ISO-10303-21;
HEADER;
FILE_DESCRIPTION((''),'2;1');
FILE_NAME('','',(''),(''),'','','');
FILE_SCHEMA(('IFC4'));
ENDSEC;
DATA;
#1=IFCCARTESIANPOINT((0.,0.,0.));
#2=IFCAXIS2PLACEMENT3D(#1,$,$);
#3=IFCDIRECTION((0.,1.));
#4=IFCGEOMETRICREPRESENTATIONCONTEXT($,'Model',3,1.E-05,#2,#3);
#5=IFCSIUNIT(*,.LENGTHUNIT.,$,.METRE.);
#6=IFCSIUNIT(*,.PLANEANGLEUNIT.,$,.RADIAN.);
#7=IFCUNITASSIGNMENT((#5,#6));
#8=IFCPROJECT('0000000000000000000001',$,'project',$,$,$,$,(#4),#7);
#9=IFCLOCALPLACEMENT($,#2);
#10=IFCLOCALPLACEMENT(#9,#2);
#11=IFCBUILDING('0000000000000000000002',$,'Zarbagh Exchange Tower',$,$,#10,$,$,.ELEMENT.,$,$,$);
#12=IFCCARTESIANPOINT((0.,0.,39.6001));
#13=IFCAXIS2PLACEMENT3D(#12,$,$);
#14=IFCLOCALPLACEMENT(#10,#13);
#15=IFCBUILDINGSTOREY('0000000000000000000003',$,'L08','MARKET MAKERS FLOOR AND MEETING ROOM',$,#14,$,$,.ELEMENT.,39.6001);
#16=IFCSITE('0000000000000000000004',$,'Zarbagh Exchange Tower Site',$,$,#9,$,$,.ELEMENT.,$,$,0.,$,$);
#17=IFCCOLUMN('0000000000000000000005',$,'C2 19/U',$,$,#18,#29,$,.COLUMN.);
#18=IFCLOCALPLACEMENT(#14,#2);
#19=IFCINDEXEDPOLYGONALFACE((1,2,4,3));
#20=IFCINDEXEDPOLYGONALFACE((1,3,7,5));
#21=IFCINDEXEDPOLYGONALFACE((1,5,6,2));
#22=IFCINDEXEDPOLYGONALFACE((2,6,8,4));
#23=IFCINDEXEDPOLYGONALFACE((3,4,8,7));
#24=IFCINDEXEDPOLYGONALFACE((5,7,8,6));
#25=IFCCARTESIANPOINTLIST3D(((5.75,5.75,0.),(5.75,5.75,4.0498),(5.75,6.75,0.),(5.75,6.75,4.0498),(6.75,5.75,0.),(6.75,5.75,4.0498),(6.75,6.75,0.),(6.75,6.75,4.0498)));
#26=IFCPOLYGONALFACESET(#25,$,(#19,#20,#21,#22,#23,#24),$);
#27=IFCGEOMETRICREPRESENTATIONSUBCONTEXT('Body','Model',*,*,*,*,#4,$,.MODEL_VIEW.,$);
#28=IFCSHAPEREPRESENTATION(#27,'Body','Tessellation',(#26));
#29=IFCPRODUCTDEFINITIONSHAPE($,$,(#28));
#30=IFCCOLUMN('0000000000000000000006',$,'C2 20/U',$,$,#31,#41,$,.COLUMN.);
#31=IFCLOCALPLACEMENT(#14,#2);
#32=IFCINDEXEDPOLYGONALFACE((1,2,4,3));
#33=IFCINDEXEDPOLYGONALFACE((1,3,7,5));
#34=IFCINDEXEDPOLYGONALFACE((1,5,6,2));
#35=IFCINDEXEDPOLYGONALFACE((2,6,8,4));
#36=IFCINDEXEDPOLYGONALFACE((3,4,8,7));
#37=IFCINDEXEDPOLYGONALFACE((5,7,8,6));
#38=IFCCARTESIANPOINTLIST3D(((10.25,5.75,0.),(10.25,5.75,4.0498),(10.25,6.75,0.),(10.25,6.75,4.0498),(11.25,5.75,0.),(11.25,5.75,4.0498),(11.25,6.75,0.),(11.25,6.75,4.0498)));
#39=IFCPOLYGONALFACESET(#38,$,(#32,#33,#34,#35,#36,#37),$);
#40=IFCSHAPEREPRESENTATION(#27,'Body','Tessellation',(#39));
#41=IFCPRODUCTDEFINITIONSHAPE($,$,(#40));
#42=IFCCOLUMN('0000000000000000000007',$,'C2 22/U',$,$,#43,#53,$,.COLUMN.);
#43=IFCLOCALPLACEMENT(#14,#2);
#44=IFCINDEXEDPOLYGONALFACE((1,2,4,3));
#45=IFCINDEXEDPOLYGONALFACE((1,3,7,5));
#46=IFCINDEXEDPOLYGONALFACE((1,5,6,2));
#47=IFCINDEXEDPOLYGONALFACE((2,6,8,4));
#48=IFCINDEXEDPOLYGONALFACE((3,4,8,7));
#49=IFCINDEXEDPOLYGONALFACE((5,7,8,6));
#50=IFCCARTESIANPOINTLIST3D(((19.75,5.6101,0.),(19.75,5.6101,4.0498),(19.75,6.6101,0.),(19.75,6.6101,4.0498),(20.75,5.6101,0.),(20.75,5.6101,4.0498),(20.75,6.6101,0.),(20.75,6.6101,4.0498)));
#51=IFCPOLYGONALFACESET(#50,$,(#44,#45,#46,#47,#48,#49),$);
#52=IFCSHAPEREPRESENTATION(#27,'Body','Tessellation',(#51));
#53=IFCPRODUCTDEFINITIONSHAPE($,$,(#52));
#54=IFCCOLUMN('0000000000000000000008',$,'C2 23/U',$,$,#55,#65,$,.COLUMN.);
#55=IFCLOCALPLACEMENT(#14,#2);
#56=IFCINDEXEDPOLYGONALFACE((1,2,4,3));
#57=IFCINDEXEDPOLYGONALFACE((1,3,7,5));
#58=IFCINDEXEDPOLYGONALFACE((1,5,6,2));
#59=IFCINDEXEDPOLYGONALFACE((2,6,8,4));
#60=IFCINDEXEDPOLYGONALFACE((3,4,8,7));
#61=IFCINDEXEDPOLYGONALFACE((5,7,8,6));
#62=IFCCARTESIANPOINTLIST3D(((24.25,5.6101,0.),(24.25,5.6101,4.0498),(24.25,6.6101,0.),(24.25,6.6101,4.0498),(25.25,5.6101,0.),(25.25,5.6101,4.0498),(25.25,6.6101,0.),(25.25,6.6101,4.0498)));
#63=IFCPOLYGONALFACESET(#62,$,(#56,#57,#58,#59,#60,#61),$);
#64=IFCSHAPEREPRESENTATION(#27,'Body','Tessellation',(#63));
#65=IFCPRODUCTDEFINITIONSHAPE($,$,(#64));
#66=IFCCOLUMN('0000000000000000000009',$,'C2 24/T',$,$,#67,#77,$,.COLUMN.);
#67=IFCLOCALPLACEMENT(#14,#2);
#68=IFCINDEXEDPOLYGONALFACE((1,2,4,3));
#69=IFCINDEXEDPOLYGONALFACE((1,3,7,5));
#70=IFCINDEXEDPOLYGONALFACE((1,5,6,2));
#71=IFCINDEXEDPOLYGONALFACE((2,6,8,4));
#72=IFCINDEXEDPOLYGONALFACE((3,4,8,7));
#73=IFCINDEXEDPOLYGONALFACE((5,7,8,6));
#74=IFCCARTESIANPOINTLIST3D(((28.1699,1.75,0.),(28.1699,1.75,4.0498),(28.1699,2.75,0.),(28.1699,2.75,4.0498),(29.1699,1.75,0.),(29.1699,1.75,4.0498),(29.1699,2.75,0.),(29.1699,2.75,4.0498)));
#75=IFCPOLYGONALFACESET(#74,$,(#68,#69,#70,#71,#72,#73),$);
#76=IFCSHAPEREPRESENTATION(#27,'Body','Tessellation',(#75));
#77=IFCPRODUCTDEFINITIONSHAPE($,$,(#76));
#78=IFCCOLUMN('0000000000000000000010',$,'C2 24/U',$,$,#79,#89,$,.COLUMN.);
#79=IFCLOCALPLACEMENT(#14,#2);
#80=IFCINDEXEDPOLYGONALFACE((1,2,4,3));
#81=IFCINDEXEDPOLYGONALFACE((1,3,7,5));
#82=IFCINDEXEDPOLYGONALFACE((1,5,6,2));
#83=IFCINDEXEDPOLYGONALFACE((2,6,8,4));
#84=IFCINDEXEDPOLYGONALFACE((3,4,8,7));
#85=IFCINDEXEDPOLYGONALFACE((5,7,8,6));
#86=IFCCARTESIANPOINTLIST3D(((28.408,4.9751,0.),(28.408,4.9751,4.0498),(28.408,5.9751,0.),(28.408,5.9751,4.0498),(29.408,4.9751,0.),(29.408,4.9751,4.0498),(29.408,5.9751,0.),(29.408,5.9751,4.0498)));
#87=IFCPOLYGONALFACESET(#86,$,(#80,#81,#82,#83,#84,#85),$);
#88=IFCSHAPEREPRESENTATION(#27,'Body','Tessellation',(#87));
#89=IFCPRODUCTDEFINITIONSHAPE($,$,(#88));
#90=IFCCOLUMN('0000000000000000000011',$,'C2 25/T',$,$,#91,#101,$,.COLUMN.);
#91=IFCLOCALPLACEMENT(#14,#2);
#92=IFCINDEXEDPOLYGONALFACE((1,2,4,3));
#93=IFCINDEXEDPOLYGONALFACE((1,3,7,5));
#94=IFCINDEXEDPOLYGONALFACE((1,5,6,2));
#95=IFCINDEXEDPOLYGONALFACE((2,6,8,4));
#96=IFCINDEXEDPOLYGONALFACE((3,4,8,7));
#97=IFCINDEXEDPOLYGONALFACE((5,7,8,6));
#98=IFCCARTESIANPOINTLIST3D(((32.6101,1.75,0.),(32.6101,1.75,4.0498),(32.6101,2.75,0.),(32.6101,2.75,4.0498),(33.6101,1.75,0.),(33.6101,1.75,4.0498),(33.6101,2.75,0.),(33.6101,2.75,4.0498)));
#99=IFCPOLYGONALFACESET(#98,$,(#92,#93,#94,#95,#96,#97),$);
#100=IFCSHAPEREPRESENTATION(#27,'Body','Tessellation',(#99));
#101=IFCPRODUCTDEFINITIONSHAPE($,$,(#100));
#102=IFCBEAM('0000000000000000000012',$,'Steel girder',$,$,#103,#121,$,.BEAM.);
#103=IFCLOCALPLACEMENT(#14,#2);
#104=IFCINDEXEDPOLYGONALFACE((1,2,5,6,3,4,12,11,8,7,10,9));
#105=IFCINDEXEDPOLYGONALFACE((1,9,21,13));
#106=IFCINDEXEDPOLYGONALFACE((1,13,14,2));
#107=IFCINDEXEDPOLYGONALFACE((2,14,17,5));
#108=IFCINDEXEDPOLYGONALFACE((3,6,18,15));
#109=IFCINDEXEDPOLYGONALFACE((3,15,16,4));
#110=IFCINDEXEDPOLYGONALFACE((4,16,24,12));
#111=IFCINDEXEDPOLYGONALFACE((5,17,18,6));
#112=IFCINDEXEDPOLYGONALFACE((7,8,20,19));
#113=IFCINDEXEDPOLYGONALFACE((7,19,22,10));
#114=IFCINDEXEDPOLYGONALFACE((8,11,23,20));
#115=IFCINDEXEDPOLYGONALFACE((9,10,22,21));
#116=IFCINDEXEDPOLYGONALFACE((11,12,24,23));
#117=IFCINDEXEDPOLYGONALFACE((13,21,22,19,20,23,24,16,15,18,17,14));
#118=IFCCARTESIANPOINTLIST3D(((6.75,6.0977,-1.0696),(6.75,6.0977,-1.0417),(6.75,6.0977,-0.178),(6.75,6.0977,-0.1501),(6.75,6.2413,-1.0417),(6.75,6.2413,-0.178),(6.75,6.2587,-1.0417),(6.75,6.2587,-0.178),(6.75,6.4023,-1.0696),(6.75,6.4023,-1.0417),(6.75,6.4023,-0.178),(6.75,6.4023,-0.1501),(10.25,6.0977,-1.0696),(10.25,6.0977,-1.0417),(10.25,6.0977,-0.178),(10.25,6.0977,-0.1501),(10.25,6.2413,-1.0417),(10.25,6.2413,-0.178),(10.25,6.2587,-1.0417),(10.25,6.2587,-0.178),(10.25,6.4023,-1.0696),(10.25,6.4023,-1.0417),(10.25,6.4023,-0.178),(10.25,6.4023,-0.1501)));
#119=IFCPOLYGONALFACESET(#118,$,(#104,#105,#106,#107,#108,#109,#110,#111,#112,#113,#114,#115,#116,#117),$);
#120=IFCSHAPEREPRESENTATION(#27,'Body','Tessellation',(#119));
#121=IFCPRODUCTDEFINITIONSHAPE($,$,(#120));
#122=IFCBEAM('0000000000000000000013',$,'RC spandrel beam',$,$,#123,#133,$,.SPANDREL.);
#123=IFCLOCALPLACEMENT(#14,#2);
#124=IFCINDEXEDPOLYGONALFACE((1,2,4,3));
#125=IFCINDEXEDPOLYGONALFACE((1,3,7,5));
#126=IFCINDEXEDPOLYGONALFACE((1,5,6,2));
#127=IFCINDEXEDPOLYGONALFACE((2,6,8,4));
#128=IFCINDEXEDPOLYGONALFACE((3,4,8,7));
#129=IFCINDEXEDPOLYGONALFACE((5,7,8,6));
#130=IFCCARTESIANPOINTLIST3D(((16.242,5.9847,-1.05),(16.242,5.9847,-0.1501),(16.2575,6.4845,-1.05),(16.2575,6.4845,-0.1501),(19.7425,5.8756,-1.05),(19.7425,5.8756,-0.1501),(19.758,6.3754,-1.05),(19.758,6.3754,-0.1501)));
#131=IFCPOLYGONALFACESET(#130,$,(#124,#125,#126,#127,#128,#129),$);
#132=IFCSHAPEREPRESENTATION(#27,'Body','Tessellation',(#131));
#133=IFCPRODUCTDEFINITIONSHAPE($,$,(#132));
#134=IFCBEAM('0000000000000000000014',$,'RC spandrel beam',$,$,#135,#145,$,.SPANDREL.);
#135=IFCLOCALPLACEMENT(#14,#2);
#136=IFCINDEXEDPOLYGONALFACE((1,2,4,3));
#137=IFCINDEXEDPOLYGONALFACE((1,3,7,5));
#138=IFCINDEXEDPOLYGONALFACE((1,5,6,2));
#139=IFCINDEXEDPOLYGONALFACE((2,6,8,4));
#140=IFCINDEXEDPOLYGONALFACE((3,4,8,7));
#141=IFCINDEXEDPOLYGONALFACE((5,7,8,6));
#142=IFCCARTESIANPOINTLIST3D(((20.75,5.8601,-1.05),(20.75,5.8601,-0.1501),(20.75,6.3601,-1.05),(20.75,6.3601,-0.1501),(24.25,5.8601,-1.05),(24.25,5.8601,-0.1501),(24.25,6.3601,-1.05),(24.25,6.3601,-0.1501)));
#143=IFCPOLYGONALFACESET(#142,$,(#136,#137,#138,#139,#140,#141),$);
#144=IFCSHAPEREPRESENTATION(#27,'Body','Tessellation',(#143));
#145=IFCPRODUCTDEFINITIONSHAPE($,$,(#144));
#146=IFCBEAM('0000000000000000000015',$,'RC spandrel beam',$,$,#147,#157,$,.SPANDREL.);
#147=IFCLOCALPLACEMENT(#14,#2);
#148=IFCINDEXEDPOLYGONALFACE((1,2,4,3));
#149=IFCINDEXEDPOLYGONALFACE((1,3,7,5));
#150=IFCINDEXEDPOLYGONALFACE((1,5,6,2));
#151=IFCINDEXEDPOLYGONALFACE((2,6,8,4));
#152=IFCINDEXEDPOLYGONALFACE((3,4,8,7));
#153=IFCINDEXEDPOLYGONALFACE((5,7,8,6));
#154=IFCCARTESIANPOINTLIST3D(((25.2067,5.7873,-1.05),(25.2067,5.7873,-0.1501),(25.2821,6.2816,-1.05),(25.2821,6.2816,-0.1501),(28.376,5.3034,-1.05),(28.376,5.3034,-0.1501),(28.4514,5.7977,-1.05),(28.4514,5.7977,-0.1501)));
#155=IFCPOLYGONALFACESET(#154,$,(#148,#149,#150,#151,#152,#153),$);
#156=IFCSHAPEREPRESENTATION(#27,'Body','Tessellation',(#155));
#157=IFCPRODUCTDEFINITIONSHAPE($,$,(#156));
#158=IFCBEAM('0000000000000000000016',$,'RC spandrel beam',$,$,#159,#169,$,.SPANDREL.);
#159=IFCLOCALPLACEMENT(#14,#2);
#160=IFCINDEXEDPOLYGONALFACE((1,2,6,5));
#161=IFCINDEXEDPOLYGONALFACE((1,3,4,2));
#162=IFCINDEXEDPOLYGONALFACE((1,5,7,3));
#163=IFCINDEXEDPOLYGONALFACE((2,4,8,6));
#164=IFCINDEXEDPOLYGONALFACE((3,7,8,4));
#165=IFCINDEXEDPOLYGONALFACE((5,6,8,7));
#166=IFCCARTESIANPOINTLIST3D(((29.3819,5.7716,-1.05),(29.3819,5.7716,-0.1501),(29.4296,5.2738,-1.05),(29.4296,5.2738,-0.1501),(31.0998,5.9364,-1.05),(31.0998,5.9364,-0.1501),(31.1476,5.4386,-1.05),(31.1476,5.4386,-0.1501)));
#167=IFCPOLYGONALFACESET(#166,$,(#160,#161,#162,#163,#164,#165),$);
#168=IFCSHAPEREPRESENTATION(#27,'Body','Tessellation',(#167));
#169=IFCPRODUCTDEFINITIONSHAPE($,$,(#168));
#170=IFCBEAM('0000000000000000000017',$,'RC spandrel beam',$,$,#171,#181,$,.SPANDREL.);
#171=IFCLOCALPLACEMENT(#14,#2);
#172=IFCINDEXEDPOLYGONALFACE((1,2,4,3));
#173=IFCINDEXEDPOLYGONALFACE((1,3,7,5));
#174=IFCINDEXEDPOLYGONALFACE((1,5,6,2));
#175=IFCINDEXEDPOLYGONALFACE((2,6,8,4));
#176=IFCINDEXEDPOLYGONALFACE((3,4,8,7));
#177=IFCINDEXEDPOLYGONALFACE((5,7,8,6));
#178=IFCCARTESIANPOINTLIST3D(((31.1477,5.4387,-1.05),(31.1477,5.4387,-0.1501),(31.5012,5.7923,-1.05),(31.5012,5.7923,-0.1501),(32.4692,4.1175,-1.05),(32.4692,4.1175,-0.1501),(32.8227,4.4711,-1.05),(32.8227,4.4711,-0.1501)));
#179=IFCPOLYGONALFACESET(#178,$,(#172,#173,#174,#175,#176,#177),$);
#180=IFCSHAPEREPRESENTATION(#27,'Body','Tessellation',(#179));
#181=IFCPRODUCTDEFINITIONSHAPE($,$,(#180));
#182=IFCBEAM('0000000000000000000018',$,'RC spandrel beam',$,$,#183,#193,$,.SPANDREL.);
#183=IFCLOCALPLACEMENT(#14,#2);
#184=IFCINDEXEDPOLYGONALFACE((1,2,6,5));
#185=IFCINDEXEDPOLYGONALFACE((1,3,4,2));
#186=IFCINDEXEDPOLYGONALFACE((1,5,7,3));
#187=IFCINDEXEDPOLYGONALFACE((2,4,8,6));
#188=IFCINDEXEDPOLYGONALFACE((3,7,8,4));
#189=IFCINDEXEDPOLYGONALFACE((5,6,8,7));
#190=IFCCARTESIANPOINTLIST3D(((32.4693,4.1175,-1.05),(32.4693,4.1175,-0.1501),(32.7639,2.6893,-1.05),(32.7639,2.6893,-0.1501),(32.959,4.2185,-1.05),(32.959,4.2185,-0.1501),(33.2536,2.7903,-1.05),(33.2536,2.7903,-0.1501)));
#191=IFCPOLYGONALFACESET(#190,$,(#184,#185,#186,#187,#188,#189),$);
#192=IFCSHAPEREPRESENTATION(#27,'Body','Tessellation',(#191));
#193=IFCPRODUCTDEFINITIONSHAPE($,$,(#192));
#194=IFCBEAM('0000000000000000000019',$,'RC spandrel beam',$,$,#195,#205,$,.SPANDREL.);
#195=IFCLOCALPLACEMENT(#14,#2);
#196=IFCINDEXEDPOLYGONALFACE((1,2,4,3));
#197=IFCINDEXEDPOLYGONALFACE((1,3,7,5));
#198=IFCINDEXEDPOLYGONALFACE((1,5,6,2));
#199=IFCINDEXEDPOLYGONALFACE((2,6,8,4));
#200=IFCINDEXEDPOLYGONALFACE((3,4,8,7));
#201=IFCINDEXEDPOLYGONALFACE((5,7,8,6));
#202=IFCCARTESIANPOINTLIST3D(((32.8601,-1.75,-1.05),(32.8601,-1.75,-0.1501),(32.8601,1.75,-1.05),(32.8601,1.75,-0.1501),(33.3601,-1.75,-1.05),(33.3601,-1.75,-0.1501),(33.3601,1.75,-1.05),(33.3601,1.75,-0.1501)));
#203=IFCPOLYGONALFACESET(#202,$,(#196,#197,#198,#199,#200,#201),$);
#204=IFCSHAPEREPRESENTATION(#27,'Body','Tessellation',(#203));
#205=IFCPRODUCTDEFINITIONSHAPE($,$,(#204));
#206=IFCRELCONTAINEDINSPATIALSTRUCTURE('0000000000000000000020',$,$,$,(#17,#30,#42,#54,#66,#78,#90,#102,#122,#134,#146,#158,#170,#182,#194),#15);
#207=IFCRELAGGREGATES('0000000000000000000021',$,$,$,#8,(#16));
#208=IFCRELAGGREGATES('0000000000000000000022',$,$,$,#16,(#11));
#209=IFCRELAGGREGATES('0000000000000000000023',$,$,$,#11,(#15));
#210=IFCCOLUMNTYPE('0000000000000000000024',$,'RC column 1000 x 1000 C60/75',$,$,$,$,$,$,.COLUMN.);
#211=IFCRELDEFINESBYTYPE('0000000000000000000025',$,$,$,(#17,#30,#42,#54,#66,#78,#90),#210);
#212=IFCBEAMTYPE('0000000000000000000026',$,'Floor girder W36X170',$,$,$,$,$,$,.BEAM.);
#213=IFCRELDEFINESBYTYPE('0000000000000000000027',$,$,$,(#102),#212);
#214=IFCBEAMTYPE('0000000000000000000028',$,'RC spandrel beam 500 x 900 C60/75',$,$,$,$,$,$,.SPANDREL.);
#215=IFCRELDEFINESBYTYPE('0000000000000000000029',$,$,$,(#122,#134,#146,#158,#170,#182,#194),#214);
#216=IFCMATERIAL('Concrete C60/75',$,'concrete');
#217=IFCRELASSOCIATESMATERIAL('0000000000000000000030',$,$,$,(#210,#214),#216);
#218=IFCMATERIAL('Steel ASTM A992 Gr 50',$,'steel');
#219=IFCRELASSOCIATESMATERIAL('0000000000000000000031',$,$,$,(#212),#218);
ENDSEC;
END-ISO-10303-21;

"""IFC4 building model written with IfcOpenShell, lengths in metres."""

from ifc_helpers import new_model, si_unit, direction, frame, origin, origin_2d, place, context, subcontext, project, spatial, rectangle, i_section, extrude, material, material_profile, profile_set, type_object, element, save


model = new_model("IFC4")

# Units and contexts
model_context = context("Model", 3, precision=1e-05, world=origin(), true_north=direction((0.0, 1.0)))
body_context = subcontext(model_context, "Body", "Model", "MODEL_VIEW")
ifc_project = project(units=[si_unit("LENGTHUNIT", "METRE"), si_unit("PLANEANGLEUNIT", "RADIAN")], contexts=[model_context])

# Site, building, storey
site_placement = place(None, origin())
site = spatial("IfcSite", under=ifc_project, at=site_placement, Name="Zarbagh Exchange Tower Site", CompositionType="ELEMENT", RefElevation=0.0)
building_placement = place(site_placement, origin())
building = spatial("IfcBuilding", under=site, at=building_placement, Name="Zarbagh Exchange Tower", CompositionType="ELEMENT")
storey_placement = place(building_placement, frame((0.0, 0.0, 39.6001)))
storey = spatial("IfcBuildingStorey", under=building, at=storey_placement, Name="L08", Description="MARKET MAKERS FLOOR AND MEETING ROOM", CompositionType="ELEMENT", Elevation=39.6001)

# Columns
ifc_material_1 = material(Name="Concrete C60/75", Category="concrete")
ifc_material_profile_1 = material_profile(ifc_material_1, rectangle(XDim=1.0, YDim=1.0, at=origin_2d()), Name="RC column 1000 x 1000 C60/75")
ifc_profile_set_1 = profile_set([ifc_material_profile_1], Name="Concrete C60/75")
column_type = type_object("IfcColumnType", Name="RC column 1000 x 1000 C60/75", PredefinedType="COLUMN", material=ifc_profile_set_1)
for number, where, z_axis, x_axis, name in (
    (1, (6.25, 6.25, 0.0), (0.0, 0.0, 1.0), (1.0, 0.0, 0.0), "C2 19/U"),
    (2, (10.75, 6.25, 0.0), (0.0, 0.0, 1.0), (1.0, 0.0, 0.0), "C2 20/U"),
    (3, (20.25, 6.1101, 0.0), (0.0, 0.0, 1.0), (1.0, 0.0, 0.0), "C2 22/U"),
    (4, (24.75, 6.1101, 0.0), (0.0, 0.0, 1.0), (1.0, 0.0, 0.0), "C2 23/U"),
    (5, (28.6699, 2.25, 0.0), (0.0, 0.0, 1.0), (1.0, 0.0, 0.0), "C2 24/T"),
    (6, (28.908, 5.4751, 0.0), (0.0, 0.0, 1.0), (1.0, 0.0, 0.0), "C2 24/U"),
    (7, (33.1101, 2.25, 0.0), (0.0, 0.0, 1.0), (1.0, 0.0, 0.0), "C2 25/T"),
):
    element("IfcColumn", number, at=place(storey_placement, frame(where, z_axis=z_axis, x_axis=x_axis)), inside=storey, type_object=column_type, Name=name, PredefinedType="COLUMN", context=body_context, shape_type="SweptSolid", body=[
        extrude(rectangle(XDim=1.0, YDim=1.0, at=origin_2d()), origin(), (0.0, 0.0, 1.0), 4.0498),
    ])

# Beams
ifc_material_2 = material(Name="Steel ASTM A992 Gr 50", Category="steel")
ifc_material_profile_2 = material_profile(ifc_material_2, i_section(OverallWidth=0.3047, OverallDepth=0.9194, WebThickness=0.0173, FlangeThickness=0.0278, at=origin_2d()), Name="W36X170")
ifc_profile_set_2 = profile_set([ifc_material_profile_2], Name="Steel ASTM A992 Gr 50")
beam_type_1 = type_object("IfcBeamType", Name="Floor girder W36X170", PredefinedType="BEAM", material=ifc_profile_set_2)
beam_1_placement = place(storey_placement, frame((6.75, 6.25, -0.6099), z_axis=(1.0, 0.0, 0.0), x_axis=(0.0, 1.0, 0.0)))
element("IfcBeam", 8, at=beam_1_placement, inside=storey, type_object=beam_type_1, Name="Steel girder", PredefinedType="BEAM", context=body_context, shape_type="SweptSolid", body=[
    extrude(i_section(OverallWidth=0.3047, OverallDepth=0.9194, WebThickness=0.0173, FlangeThickness=0.0278, at=origin_2d()), origin(), (0.0, 0.0, 1.0), 3.5),
])
ifc_material_profile_3 = material_profile(ifc_material_1, rectangle(XDim=0.5, YDim=0.8999, at=origin_2d()), Name="RC spandrel beam 500 x 900 C60/75")
ifc_profile_set_3 = profile_set([ifc_material_profile_3], Name="Concrete C60/75")
beam_type_2 = type_object("IfcBeamType", Name="RC spandrel beam 500 x 900 C60/75", PredefinedType="SPANDREL", material=ifc_profile_set_3)
beam_2_placement = place(storey_placement, frame((16.2498, 6.2346, -0.6001), z_axis=(0.999514, -0.031161, 0.0), x_axis=(0.031161, 0.999514, 0.0)))
element("IfcBeam", 9, at=beam_2_placement, inside=storey, type_object=beam_type_2, Name="RC spandrel beam", PredefinedType="SPANDREL", context=body_context, shape_type="SweptSolid", body=[
    extrude(rectangle(XDim=0.5, YDim=0.8999, at=origin_2d()), origin(), (0.0, 0.0, 1.0), 3.5022),
])
beam_3_placement = place(storey_placement, frame((20.75, 6.1101, -0.6001), z_axis=(1.0, 0.0, 0.0), x_axis=(0.0, 1.0, 0.0)))
element("IfcBeam", 10, at=beam_3_placement, inside=storey, type_object=beam_type_2, Name="RC spandrel beam", PredefinedType="SPANDREL", context=body_context, shape_type="SweptSolid", body=[
    extrude(rectangle(XDim=0.5, YDim=0.8999, at=origin_2d()), origin(), (0.0, 0.0, 1.0), 3.5),
])
beam_4_placement = place(storey_placement, frame((25.2444, 6.0344, -0.6001), z_axis=(0.988545, -0.150924, 0.0), x_axis=(0.150924, 0.988545, 0.0)))
element("IfcBeam", 11, at=beam_4_placement, inside=storey, type_object=beam_type_2, Name="RC spandrel beam", PredefinedType="SPANDREL", context=body_context, shape_type="SweptSolid", body=[
    extrude(rectangle(XDim=0.5, YDim=0.8999, at=origin_2d()), origin(), (0.0, 0.0, 1.0), 3.2061),
])
beam_5_placement = place(storey_placement, frame((29.4058, 5.5227, -0.6001), z_axis=(0.995431, 0.095483, 0.0), x_axis=(-0.095483, 0.995431, 0.0)))
element("IfcBeam", 12, at=beam_5_placement, inside=storey, type_object=beam_type_2, Name="RC spandrel beam", PredefinedType="SPANDREL", context=body_context, shape_type="SweptSolid", body=[
    extrude(rectangle(XDim=0.5, YDim=0.8999, at=origin_2d()), origin(), (0.0, 0.0, 1.0), 1.7258),
])
beam_6_placement = place(storey_placement, frame((31.3245, 5.6155, -0.6001), z_axis=(0.707172, -0.707041, 0.0), x_axis=(0.707041, 0.707172, 0.0)))
element("IfcBeam", 13, at=beam_6_placement, inside=storey, type_object=beam_type_2, Name="RC spandrel beam", PredefinedType="SPANDREL", context=body_context, shape_type="SweptSolid", body=[
    extrude(rectangle(XDim=0.5, YDim=0.8999, at=origin_2d()), origin(), (0.0, 0.0, 1.0), 1.8687),
])
beam_7_placement = place(storey_placement, frame((32.7141, 4.168, -0.6001), z_axis=(0.202069, -0.979371, 0.0), x_axis=(0.979371, 0.202069, 0.0)))
element("IfcBeam", 14, at=beam_7_placement, inside=storey, type_object=beam_type_2, Name="RC spandrel beam", PredefinedType="SPANDREL", context=body_context, shape_type="SweptSolid", body=[
    extrude(rectangle(XDim=0.5, YDim=0.8999, at=origin_2d()), origin(), (0.0, 0.0, 1.0), 1.4583),
])
beam_8_placement = place(storey_placement, frame((33.1101, 1.75, -0.6001), z_axis=(0.0, -1.0, 0.0), x_axis=(1.0, 0.0, 0.0)))
element("IfcBeam", 15, at=beam_8_placement, inside=storey, type_object=beam_type_2, Name="RC spandrel beam", PredefinedType="SPANDREL", context=body_context, shape_type="SweptSolid", body=[
    extrude(rectangle(XDim=0.5, YDim=0.8999, at=origin_2d()), origin(), (0.0, 0.0, 1.0), 3.5),
])

save(model, "model.ifc")
